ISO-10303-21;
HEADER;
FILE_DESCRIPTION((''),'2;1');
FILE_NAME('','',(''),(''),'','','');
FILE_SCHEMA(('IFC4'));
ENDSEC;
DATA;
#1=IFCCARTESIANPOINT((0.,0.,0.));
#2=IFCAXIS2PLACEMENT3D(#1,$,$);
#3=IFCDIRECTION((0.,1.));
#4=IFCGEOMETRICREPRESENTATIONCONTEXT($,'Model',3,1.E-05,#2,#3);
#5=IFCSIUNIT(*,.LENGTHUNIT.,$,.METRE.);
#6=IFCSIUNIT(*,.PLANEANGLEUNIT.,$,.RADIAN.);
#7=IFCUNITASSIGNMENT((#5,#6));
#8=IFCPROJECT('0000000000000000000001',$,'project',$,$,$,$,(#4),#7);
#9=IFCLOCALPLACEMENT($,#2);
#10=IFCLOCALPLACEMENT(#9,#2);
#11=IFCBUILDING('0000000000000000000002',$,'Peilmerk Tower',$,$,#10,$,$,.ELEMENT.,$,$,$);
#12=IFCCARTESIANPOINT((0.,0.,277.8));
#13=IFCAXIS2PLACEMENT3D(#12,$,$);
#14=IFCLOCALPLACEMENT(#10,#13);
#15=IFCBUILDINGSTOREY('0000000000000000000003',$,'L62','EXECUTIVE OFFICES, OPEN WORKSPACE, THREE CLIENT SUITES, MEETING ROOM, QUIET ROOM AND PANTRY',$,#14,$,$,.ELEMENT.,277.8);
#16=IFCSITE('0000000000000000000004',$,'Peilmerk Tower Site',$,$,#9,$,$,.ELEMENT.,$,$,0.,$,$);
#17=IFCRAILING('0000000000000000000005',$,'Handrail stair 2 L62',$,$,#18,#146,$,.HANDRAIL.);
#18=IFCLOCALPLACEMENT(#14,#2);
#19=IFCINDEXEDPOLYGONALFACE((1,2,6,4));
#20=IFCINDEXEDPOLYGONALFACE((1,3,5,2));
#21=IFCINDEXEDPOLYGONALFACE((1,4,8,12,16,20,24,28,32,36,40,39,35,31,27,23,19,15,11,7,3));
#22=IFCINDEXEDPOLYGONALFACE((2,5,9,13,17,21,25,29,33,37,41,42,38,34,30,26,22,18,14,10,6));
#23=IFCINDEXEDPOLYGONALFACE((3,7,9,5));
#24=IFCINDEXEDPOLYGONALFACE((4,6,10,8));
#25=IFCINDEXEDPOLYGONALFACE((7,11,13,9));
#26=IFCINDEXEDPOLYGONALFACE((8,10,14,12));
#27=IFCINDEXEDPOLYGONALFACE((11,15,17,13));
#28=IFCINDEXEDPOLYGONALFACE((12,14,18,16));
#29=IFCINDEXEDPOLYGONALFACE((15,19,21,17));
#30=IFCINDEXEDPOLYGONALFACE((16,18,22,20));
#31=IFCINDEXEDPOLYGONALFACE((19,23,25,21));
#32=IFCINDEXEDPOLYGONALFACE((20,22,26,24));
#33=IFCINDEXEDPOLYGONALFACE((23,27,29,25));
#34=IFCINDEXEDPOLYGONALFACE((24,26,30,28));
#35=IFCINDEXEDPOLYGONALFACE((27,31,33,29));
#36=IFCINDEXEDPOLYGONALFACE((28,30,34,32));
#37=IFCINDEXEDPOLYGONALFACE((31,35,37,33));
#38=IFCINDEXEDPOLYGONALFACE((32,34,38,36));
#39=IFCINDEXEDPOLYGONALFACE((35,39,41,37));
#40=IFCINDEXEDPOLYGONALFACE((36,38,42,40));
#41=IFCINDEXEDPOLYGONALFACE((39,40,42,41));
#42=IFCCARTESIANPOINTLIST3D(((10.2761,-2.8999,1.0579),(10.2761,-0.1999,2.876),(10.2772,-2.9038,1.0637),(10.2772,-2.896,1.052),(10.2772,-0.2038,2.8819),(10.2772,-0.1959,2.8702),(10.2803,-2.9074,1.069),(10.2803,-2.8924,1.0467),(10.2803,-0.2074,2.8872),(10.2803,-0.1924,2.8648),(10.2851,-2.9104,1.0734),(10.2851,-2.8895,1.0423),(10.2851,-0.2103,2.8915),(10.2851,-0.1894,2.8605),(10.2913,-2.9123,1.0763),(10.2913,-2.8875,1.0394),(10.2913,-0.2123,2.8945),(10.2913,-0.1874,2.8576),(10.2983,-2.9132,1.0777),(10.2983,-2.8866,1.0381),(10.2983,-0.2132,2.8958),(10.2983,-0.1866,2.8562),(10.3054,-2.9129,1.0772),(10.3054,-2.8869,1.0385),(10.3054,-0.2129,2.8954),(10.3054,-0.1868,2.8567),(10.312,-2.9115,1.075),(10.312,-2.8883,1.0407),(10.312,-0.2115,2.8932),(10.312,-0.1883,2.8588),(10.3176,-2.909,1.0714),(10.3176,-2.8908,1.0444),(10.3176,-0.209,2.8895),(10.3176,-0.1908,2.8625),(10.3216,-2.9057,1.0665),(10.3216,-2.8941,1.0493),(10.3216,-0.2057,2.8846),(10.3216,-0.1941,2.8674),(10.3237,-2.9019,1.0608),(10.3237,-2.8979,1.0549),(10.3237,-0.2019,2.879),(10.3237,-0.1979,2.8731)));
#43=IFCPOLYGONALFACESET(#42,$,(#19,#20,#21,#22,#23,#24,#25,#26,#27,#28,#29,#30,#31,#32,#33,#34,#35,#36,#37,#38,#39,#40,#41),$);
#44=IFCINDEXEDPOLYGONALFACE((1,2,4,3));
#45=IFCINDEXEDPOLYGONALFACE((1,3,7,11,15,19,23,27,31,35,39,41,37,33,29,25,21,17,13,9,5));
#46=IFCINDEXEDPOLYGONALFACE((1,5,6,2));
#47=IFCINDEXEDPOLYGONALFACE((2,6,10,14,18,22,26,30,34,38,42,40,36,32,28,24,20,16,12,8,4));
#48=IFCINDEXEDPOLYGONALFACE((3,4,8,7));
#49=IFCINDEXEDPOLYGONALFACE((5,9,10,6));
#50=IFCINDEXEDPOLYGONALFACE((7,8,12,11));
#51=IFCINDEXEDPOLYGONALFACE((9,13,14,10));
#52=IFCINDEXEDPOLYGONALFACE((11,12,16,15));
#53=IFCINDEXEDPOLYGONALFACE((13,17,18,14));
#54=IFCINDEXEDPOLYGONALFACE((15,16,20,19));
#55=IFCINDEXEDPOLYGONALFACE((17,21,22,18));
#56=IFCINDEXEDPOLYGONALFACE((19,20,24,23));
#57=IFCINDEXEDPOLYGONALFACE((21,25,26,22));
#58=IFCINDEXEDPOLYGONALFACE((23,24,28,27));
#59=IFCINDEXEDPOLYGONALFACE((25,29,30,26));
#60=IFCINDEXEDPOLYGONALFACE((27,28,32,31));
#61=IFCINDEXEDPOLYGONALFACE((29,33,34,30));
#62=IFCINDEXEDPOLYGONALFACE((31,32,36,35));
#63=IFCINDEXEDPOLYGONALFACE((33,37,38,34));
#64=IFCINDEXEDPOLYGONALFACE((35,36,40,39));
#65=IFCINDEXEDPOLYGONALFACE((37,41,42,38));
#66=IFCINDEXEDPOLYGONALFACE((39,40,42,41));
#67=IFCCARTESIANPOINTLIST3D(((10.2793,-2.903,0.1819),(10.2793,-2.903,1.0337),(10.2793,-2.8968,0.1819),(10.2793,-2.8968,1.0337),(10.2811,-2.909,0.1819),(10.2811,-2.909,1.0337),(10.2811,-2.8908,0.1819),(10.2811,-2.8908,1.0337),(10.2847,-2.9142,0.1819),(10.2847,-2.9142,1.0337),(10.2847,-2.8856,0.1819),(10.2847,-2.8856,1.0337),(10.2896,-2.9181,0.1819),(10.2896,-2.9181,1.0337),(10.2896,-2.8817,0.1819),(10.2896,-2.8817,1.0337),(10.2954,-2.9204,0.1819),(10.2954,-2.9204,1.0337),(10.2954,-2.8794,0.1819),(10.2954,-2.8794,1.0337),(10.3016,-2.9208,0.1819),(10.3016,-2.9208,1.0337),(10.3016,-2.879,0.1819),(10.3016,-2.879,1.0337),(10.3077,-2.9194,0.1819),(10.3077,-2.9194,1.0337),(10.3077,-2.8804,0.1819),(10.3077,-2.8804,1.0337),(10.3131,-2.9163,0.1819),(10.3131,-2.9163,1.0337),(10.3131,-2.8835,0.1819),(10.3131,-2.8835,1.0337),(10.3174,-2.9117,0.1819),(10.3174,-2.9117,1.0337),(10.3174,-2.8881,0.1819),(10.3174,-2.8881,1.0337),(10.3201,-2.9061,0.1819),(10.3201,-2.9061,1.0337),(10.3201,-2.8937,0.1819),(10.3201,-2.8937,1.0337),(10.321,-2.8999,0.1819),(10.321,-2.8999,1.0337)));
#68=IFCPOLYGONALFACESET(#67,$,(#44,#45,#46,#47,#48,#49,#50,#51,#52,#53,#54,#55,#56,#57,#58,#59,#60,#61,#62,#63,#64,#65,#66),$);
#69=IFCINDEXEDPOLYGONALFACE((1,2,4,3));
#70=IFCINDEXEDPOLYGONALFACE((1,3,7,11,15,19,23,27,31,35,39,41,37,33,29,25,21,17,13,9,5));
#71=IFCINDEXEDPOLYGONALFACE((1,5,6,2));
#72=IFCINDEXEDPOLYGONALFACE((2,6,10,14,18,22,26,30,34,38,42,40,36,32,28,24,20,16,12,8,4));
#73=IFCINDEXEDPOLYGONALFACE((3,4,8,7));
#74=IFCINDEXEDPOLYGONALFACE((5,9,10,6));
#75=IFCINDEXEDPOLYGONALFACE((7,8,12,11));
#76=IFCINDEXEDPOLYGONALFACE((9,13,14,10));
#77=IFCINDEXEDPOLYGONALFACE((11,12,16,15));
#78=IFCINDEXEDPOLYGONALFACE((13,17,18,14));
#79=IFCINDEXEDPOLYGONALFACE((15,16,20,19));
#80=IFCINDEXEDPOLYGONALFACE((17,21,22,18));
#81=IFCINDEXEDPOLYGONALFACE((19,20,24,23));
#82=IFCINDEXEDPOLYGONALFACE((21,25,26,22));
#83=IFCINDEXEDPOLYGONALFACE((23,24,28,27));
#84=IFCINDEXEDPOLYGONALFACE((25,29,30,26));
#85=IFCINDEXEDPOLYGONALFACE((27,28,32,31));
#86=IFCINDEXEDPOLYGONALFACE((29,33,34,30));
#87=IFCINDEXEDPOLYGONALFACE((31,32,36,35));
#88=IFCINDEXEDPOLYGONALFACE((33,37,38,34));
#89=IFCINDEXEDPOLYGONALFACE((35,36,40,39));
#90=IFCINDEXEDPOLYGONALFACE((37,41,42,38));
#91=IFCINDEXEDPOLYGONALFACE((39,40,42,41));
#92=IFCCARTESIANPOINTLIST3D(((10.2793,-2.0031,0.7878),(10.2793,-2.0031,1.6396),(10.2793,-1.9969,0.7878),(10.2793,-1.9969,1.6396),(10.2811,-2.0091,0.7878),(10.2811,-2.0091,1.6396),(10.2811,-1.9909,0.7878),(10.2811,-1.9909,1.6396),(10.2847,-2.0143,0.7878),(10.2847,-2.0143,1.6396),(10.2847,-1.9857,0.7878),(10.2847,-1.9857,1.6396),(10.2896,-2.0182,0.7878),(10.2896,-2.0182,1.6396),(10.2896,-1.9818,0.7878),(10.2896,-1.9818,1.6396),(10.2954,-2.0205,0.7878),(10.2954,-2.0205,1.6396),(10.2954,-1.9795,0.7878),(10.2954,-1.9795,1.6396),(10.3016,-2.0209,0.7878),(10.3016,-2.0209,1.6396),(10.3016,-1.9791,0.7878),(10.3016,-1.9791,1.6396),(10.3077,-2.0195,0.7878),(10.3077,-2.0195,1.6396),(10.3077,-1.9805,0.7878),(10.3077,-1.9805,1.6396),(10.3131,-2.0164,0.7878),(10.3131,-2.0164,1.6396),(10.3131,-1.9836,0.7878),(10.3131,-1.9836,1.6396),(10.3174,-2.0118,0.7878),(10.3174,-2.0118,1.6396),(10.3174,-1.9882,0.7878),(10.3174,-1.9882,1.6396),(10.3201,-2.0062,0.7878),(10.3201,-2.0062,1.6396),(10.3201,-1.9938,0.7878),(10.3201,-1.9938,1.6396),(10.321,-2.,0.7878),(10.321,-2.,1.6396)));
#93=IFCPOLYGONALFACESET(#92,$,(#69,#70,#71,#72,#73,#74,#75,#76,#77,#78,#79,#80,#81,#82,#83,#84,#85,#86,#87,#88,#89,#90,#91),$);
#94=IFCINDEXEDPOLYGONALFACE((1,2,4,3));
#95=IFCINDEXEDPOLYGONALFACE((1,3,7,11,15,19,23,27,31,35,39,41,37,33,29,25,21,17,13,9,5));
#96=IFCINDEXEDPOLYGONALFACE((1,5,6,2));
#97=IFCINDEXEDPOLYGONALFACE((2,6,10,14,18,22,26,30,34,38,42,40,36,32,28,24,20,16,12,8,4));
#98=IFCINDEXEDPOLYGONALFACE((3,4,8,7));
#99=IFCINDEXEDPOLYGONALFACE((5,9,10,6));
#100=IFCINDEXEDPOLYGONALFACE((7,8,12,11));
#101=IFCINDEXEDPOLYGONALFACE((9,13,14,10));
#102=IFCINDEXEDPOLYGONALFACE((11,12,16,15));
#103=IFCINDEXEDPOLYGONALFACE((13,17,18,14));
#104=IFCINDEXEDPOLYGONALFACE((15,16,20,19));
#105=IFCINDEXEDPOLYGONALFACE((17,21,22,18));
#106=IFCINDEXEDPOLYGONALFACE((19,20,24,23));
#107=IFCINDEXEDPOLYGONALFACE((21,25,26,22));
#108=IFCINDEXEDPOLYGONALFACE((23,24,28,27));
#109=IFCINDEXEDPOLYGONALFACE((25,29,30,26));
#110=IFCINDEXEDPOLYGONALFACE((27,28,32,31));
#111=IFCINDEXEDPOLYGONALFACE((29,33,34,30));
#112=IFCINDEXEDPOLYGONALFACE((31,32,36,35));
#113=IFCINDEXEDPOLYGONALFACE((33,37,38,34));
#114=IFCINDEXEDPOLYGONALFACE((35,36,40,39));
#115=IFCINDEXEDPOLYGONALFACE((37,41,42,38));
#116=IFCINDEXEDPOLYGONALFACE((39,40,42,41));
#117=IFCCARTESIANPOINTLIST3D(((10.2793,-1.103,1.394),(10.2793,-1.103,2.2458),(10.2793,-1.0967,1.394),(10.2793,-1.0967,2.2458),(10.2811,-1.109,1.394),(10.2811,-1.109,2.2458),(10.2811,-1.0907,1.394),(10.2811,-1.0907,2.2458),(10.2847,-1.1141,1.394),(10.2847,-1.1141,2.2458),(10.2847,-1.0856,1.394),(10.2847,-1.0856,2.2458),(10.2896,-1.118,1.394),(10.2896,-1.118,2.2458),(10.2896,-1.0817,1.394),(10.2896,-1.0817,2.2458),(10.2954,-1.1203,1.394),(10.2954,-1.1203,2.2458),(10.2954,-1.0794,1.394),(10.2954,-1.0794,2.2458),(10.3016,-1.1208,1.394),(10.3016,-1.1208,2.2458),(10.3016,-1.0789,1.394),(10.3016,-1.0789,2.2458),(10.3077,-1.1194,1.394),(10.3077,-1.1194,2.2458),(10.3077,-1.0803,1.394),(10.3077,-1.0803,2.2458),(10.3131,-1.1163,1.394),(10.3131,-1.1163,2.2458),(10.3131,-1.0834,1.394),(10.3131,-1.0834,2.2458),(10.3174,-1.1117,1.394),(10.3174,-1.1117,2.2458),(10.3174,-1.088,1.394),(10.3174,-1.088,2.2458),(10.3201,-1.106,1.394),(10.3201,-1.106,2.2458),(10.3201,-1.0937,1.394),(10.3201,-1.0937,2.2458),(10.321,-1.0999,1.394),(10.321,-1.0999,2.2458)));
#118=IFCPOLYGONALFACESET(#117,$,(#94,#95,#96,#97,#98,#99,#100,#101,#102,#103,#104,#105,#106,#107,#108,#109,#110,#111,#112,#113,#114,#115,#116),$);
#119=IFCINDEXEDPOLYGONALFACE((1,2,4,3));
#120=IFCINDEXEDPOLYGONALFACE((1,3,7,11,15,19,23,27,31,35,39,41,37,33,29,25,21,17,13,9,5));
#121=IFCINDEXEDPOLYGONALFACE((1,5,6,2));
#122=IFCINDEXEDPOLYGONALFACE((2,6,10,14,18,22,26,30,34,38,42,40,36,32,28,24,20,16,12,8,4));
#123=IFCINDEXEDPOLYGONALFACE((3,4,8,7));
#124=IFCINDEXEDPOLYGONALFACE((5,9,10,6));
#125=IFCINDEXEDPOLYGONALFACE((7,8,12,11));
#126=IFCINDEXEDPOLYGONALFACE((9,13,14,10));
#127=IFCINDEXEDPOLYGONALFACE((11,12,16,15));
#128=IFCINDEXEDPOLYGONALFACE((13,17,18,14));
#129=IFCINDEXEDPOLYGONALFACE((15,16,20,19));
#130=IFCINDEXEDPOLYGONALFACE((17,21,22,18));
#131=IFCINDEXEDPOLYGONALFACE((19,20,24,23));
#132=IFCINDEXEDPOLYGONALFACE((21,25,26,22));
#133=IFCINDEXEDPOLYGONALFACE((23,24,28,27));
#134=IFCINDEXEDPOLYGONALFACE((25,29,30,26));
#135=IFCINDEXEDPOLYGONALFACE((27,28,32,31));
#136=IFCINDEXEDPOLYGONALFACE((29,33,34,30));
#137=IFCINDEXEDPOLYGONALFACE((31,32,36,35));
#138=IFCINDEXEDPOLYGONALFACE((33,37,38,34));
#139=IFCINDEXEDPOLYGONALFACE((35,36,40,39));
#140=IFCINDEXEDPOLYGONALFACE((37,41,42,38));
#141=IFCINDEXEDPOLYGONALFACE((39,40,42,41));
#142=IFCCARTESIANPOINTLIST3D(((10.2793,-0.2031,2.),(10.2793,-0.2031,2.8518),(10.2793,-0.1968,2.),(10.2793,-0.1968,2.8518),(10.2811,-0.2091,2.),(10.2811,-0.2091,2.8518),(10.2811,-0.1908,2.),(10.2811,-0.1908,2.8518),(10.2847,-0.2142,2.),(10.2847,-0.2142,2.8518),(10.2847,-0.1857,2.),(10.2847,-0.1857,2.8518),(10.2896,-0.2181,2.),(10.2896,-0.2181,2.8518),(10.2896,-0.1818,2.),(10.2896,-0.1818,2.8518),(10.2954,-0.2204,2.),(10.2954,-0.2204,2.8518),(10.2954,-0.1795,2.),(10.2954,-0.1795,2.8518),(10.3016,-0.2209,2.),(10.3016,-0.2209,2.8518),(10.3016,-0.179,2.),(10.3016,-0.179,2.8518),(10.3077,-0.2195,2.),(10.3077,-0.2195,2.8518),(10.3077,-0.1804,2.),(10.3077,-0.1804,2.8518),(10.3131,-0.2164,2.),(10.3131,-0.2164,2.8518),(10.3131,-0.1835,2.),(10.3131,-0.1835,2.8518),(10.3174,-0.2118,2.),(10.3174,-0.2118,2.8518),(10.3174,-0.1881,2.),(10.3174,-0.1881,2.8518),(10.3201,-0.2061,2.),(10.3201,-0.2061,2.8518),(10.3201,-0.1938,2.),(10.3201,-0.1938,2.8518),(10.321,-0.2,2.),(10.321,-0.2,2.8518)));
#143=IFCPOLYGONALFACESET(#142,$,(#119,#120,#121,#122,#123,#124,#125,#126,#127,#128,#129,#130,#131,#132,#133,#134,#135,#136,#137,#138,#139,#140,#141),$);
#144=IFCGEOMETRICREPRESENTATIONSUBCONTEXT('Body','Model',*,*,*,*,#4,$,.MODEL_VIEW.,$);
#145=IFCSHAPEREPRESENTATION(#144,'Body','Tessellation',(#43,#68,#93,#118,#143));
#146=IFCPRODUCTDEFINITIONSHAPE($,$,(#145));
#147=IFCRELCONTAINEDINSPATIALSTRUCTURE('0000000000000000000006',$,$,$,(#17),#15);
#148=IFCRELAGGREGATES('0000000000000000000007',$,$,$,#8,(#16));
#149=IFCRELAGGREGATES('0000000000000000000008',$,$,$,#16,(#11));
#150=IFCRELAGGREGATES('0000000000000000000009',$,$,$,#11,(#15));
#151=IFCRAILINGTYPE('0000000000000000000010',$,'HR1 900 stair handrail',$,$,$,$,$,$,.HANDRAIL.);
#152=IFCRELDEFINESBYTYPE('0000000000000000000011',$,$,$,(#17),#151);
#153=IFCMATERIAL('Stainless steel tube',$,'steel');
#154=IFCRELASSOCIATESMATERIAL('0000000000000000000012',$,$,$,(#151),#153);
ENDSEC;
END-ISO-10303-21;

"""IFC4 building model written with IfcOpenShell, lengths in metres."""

from ifc_helpers import new_model, si_unit, direction, frame, origin, origin_2d, place, context, subcontext, project, spatial, circle, extrude, material, type_object, element, save


model = new_model("IFC4")

# Units and contexts
model_context = context("Model", 3, precision=1e-05, world=origin(), true_north=direction((0.0, 1.0)))
body_context = subcontext(model_context, "Body", "Model", "MODEL_VIEW")
ifc_project = project(units=[si_unit("LENGTHUNIT", "METRE"), si_unit("PLANEANGLEUNIT", "RADIAN")], contexts=[model_context])

# Site, building, storey
site_placement = place(None, origin())
site = spatial("IfcSite", under=ifc_project, at=site_placement, Name="Peilmerk Tower Site", CompositionType="ELEMENT", RefElevation=0.0)
building_placement = place(site_placement, origin())
building = spatial("IfcBuilding", under=site, at=building_placement, Name="Peilmerk Tower", CompositionType="ELEMENT")
storey_placement = place(building_placement, frame((0.0, 0.0, 277.8)))
storey = spatial("IfcBuildingStorey", under=building, at=storey_placement, Name="L62", Description="EXECUTIVE OFFICES, OPEN WORKSPACE, THREE CLIENT SUITES, MEETING ROOM, QUIET ROOM AND PANTRY", CompositionType="ELEMENT", Elevation=277.8)

# Railing
ifc_material_1 = material(Name="Stainless steel tube", Category="steel")
railing_type_1 = type_object("IfcRailingType", Name="HR1 900 stair handrail", PredefinedType="HANDRAIL", material=ifc_material_1)
railing_1_placement = place(storey_placement, frame((10.3, -2.8999, 0.1819)))
element("IfcRailing", 1, at=railing_1_placement, inside=storey, type_object=railing_type_1, Name="Handrail stair 2 L62", PredefinedType="HANDRAIL", context=body_context, shape_type="SweptSolid", body=[
    extrude(circle(Radius=0.0239, at=origin_2d()), frame((0.0, 0.0, 0.876), z_axis=(0.0, 0.829468, 0.558554), x_axis=(-1.0, 0.0, 0.0)), (0.0, 0.0, 1.0), 3.2551),
    extrude(circle(Radius=0.021, at=origin_2d()), origin(), (0.0, 0.0, 1.0), 0.8518),
    extrude(circle(Radius=0.021, at=origin_2d()), frame((0.0, 0.8999, 0.606)), (0.0, 0.0, 1.0), 0.8518),
    extrude(circle(Radius=0.021, at=origin_2d()), frame((0.0, 1.8, 1.2122)), (0.0, 0.0, 1.0), 0.8518),
    extrude(circle(Radius=0.021, at=origin_2d()), frame((0.0, 2.7, 1.8181)), (0.0, 0.0, 1.0), 0.8518),
])

save(model, "model.ifc")
